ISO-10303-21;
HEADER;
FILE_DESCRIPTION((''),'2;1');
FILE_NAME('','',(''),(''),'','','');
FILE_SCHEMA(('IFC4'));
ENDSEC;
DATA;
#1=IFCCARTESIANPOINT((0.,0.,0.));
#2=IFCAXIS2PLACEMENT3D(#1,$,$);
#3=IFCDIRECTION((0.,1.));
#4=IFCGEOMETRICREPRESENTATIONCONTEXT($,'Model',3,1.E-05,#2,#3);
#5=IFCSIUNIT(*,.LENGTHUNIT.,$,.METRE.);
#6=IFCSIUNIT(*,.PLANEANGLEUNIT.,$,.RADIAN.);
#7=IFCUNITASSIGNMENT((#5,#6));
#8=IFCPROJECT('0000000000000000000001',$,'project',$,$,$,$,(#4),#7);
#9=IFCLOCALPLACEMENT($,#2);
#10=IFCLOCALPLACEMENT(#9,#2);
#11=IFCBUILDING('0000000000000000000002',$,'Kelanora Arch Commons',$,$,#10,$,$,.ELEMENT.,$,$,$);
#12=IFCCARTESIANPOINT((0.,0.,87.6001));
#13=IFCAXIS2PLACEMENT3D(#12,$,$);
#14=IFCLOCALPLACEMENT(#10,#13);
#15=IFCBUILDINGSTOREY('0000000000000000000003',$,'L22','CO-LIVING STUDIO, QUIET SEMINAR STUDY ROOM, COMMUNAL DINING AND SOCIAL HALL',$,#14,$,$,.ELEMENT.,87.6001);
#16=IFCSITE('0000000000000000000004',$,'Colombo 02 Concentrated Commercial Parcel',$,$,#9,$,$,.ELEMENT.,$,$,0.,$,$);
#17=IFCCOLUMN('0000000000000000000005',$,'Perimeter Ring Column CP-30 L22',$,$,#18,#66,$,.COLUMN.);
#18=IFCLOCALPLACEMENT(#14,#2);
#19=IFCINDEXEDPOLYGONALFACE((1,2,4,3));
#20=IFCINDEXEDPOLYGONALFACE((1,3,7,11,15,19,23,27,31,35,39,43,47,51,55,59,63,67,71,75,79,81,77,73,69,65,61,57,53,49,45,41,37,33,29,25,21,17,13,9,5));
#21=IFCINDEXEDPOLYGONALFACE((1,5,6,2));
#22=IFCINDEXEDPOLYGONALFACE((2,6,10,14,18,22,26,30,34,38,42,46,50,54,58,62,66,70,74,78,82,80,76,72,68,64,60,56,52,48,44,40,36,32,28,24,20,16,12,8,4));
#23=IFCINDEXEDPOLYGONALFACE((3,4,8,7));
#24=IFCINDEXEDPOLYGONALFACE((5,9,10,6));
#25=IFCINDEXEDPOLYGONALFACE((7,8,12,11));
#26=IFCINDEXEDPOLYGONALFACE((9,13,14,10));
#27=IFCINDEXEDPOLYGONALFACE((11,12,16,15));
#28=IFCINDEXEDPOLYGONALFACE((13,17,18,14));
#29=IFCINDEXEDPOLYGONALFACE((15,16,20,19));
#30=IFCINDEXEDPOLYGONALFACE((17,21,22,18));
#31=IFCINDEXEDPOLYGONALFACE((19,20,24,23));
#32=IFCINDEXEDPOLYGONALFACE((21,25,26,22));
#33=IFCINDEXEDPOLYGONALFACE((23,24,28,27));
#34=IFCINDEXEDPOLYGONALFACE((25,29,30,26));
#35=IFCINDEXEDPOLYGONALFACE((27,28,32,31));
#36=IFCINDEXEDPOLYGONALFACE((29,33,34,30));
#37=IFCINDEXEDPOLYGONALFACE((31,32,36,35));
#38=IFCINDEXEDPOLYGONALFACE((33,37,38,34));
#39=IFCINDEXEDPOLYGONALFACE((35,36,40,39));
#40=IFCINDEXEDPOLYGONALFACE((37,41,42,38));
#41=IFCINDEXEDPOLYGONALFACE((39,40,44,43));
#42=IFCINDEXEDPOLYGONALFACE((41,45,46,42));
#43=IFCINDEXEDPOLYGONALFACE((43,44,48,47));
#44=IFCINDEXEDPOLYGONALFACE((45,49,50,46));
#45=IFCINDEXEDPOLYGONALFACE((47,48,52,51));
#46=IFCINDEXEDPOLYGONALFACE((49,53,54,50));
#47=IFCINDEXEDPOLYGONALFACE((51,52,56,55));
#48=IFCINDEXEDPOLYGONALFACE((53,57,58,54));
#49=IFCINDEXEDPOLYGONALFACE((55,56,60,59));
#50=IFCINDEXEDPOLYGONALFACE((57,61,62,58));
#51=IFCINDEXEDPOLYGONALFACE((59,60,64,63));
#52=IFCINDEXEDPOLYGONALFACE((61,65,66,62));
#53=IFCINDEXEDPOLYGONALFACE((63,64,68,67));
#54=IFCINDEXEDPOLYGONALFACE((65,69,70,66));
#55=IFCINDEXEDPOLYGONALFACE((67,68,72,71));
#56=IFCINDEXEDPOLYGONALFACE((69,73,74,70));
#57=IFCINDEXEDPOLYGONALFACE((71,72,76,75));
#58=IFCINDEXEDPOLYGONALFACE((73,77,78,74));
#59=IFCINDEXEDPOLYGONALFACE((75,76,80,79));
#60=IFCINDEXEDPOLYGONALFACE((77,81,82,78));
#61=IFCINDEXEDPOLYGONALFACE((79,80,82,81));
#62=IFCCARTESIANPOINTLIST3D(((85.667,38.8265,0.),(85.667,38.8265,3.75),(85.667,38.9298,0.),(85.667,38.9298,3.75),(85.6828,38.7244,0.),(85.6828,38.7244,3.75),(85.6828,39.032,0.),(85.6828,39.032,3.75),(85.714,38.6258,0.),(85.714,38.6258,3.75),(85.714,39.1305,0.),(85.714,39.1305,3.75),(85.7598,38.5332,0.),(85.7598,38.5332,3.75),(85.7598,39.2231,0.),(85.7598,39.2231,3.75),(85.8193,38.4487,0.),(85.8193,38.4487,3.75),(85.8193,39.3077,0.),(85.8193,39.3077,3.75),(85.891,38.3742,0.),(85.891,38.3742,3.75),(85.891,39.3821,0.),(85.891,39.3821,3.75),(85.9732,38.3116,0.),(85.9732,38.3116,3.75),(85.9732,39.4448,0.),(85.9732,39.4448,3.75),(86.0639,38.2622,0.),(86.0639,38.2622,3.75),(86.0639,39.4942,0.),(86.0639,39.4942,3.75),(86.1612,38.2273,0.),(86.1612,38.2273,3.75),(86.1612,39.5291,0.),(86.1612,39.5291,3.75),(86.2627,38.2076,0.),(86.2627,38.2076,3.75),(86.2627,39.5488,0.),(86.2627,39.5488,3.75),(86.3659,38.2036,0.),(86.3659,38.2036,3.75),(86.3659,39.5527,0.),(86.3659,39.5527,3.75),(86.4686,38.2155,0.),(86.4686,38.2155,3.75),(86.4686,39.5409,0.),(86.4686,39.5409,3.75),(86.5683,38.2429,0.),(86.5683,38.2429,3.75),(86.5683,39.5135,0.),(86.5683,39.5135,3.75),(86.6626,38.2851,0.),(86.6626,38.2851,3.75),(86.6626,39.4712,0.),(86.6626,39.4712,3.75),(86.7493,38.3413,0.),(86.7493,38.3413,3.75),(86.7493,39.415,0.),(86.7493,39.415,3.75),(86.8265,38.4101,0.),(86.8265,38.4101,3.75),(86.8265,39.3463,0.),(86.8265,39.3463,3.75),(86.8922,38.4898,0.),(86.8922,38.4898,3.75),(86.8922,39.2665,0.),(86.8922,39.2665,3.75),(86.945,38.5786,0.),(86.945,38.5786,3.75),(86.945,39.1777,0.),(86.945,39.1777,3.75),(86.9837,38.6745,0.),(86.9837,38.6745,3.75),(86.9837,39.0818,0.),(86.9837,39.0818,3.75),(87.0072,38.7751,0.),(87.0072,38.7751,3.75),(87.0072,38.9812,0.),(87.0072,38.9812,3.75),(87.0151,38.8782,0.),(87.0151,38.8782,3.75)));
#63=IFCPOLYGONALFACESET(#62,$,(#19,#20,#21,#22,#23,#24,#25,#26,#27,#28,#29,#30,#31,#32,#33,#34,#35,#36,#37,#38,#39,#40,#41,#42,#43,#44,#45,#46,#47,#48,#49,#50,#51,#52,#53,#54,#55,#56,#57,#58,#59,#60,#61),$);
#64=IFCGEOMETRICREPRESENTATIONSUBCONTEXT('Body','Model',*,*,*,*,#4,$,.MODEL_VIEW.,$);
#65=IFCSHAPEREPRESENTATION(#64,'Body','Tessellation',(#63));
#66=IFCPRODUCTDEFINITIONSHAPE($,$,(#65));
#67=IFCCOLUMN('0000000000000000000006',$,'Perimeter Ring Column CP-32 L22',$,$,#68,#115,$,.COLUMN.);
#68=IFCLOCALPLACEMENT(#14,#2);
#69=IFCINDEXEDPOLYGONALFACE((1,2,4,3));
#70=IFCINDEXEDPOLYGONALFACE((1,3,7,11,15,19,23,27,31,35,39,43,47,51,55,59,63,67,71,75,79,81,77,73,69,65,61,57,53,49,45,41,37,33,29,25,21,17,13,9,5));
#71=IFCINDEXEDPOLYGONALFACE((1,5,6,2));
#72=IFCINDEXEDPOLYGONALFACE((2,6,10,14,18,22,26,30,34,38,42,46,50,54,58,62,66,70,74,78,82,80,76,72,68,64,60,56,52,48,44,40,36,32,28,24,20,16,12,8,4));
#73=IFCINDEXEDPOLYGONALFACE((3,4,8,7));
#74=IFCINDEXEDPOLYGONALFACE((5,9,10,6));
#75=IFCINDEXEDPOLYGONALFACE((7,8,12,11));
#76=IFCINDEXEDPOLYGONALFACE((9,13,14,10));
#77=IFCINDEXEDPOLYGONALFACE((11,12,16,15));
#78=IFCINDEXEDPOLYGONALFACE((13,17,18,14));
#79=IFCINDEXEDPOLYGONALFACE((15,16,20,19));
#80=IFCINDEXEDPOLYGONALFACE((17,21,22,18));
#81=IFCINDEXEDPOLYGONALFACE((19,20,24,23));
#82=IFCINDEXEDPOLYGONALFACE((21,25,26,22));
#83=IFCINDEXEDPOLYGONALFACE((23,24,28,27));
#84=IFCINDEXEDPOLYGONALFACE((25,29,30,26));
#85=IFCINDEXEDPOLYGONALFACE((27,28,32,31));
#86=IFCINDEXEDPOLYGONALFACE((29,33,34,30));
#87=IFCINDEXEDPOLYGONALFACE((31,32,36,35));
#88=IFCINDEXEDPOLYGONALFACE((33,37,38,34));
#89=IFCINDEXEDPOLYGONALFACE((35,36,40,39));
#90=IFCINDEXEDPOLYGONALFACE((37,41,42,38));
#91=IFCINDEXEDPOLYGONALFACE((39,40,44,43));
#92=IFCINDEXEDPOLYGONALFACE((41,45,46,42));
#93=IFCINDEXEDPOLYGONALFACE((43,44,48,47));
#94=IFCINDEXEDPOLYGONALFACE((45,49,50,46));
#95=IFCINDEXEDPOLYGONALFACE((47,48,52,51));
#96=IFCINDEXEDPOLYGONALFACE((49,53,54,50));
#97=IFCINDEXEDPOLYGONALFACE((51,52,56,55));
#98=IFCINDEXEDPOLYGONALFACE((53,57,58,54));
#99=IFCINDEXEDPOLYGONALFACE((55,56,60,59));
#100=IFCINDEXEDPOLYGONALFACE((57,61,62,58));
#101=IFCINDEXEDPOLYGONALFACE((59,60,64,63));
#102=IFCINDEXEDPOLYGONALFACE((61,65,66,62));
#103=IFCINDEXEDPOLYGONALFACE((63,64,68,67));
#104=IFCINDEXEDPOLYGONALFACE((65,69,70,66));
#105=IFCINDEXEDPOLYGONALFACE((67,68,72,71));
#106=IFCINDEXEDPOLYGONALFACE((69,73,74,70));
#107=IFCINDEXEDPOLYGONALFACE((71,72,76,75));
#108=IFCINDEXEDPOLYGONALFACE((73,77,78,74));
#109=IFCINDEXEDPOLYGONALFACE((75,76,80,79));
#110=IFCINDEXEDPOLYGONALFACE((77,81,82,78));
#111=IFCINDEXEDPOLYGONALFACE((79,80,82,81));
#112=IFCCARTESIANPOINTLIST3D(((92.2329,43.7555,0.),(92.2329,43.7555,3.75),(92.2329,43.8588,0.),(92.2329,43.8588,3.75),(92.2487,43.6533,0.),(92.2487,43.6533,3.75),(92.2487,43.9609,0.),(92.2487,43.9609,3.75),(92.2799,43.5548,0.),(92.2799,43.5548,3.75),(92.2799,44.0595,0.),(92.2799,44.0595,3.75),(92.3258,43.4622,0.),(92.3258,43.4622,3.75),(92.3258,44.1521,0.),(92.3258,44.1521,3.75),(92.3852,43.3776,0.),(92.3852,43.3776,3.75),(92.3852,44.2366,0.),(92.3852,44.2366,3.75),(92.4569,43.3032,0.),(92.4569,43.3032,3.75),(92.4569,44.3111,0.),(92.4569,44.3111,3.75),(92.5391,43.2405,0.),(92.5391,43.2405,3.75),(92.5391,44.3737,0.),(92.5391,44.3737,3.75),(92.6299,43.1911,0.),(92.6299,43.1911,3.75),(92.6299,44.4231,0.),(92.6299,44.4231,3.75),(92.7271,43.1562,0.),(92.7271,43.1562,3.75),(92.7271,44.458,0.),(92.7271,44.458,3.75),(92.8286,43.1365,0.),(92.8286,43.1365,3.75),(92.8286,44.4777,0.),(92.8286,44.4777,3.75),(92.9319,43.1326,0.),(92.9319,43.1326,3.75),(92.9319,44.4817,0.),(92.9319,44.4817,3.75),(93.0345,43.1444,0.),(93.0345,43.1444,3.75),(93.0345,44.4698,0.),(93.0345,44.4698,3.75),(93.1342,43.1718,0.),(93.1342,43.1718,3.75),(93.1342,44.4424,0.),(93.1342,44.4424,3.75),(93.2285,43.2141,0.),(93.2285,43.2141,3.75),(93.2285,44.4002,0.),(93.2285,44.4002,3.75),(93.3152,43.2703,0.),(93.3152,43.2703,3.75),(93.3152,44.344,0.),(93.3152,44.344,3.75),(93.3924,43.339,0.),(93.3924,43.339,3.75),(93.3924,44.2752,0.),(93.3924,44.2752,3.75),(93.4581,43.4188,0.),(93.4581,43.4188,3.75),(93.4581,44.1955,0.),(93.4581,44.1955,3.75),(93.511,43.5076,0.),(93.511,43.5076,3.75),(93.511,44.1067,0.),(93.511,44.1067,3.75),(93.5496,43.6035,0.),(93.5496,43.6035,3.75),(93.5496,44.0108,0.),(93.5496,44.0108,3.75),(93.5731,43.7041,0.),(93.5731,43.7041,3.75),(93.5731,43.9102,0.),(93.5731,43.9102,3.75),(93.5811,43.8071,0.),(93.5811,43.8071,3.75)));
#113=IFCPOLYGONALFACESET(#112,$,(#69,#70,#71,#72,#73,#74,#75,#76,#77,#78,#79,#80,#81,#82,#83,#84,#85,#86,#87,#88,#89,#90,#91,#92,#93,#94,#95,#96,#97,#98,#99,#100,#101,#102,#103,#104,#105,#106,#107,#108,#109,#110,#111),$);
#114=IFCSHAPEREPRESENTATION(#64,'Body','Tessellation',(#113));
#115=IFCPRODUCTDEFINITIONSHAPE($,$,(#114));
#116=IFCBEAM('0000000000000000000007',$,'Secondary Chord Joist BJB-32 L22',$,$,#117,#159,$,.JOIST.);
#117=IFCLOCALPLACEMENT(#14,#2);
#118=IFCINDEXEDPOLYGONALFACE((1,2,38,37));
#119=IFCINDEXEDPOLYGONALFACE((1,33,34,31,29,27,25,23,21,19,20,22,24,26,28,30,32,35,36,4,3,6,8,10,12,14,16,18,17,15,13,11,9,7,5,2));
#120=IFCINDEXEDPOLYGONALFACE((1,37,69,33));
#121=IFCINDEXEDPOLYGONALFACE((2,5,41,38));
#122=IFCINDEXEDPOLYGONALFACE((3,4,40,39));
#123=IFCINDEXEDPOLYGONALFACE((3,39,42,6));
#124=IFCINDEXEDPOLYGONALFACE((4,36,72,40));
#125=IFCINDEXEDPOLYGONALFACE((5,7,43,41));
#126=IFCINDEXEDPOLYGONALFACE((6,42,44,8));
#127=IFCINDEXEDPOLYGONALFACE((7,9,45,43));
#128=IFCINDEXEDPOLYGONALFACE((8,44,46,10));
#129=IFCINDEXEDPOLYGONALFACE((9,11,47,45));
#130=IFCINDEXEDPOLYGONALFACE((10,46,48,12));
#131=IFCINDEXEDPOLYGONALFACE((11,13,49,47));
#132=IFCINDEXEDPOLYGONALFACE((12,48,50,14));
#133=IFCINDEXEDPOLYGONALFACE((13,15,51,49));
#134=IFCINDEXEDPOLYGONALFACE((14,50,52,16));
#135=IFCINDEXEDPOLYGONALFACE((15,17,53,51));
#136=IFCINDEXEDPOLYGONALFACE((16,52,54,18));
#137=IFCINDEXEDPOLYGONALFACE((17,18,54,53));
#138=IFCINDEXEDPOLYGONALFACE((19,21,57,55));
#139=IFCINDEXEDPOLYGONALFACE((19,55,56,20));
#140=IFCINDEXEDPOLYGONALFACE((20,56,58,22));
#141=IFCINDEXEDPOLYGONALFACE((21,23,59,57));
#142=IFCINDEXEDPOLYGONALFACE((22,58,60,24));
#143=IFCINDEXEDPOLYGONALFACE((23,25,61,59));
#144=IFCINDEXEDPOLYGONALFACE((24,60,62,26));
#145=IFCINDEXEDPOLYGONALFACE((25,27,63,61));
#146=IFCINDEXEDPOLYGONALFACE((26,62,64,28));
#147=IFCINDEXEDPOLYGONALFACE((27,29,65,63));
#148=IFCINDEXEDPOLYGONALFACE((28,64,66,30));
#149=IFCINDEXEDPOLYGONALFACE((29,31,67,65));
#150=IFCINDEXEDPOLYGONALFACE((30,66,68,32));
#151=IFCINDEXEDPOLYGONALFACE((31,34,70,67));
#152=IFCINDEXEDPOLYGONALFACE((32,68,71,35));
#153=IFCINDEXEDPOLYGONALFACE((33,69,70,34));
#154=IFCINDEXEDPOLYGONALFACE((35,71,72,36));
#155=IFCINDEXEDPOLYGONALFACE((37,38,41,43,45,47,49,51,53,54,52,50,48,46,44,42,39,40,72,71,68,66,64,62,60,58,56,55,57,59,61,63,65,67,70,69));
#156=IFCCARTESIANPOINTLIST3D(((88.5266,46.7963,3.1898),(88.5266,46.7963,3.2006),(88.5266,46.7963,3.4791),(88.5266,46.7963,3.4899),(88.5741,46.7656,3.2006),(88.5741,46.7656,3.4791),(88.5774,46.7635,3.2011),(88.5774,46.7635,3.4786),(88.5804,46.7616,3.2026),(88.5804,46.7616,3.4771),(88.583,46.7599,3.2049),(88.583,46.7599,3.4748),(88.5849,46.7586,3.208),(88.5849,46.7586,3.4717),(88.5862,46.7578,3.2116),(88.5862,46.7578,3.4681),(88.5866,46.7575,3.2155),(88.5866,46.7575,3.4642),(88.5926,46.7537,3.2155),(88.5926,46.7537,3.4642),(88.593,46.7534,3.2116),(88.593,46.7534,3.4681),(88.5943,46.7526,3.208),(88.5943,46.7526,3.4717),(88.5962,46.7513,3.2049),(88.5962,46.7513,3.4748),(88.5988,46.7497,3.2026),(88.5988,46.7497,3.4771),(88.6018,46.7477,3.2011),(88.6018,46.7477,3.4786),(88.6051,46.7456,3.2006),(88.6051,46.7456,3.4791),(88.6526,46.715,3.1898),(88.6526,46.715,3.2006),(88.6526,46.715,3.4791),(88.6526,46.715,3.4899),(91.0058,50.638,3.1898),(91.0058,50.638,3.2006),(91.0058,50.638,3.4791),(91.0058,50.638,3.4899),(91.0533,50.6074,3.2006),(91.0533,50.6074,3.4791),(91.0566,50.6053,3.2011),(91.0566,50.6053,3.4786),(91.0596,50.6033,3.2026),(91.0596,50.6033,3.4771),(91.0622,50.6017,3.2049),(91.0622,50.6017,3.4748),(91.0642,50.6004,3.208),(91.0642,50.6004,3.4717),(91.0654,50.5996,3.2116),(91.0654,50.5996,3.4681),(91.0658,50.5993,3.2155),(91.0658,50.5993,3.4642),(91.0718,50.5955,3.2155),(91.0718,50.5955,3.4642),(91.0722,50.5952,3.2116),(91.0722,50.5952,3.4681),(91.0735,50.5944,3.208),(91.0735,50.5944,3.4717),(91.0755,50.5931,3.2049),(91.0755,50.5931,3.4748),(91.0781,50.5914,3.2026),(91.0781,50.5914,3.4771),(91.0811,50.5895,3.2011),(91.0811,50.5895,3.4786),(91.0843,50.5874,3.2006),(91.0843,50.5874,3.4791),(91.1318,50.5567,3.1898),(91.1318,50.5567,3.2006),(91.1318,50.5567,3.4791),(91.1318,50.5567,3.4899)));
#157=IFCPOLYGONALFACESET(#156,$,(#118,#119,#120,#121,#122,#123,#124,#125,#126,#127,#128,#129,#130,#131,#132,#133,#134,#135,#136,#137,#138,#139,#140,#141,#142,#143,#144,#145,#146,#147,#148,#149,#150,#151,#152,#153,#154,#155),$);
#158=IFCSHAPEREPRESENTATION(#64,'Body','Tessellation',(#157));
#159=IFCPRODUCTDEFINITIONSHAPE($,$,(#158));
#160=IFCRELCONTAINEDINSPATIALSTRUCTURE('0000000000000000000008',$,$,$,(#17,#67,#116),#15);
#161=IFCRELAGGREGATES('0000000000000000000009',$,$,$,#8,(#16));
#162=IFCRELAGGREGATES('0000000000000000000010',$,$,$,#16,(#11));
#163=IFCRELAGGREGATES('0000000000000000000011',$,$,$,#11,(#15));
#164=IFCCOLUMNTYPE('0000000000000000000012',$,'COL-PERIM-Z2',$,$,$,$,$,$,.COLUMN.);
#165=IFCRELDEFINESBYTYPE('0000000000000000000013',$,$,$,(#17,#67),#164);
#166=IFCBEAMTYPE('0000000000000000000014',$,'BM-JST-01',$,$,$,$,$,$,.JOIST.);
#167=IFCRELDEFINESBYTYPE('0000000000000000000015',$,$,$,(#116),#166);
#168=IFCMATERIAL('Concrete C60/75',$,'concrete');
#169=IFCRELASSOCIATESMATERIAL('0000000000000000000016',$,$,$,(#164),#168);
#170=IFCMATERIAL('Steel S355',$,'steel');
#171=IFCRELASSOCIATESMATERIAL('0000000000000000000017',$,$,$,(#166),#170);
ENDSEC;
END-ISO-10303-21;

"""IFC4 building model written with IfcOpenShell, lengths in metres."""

from ifc_helpers import new_model, si_unit, direction, frame, origin, origin_2d, place, context, subcontext, project, spatial, circle, i_section, extrude, material, material_profile, profile_set, type_object, element, save


model = new_model("IFC4")

# Units and contexts
model_context = context("Model", 3, precision=1e-05, world=origin(), true_north=direction((0.0, 1.0)))
body_context = subcontext(model_context, "Body", "Model", "MODEL_VIEW")
ifc_project = project(units=[si_unit("LENGTHUNIT", "METRE"), si_unit("PLANEANGLEUNIT", "RADIAN")], contexts=[model_context])

# Site, building, storey
site_placement = place(None, origin())
site = spatial("IfcSite", under=ifc_project, at=site_placement, Name="Colombo 02 Concentrated Commercial Parcel", CompositionType="ELEMENT", RefElevation=0.0)
building_placement = place(site_placement, origin())
building = spatial("IfcBuilding", under=site, at=building_placement, Name="Kelanora Arch Commons", CompositionType="ELEMENT")
storey_placement = place(building_placement, frame((0.0, 0.0, 87.6001)))
storey = spatial("IfcBuildingStorey", under=building, at=storey_placement, Name="L22", Description="CO-LIVING STUDIO, QUIET SEMINAR STUDY ROOM, COMMUNAL DINING AND SOCIAL HALL", CompositionType="ELEMENT", Elevation=87.6001)

# Columns
ifc_material_1 = material(Name="Concrete C60/75", Category="concrete")
ifc_material_profile_1 = material_profile(ifc_material_1, circle(Radius=0.675, at=origin_2d()), Name="RCC1350")
ifc_profile_set_1 = profile_set([ifc_material_profile_1], Name="Concrete C60/75")
column_type = type_object("IfcColumnType", Name="COL-PERIM-Z2", PredefinedType="COLUMN", material=ifc_profile_set_1)
for number, where, z_axis, x_axis, name in (
    (1, (86.3401, 38.8782, 0.0), (0.0, 0.0, 1.0), (1.0, 0.0, 0.0), "Perimeter Ring Column CP-30 L22"),
    (2, (92.906, 43.8071, 0.0), (0.0, 0.0, 1.0), (1.0, 0.0, 0.0), "Perimeter Ring Column CP-32 L22"),
):
    element("IfcColumn", number, at=place(storey_placement, frame(where, z_axis=z_axis, x_axis=x_axis)), inside=storey, type_object=column_type, Name=name, PredefinedType="COLUMN", context=body_context, shape_type="SweptSolid", body=[
        extrude(circle(Radius=0.675, at=origin_2d()), origin(), (0.0, 0.0, 1.0), 3.75),
    ])

# Beam
ifc_material_2 = material(Name="Steel S355", Category="steel")
ifc_material_profile_2 = material_profile(ifc_material_2, i_section(OverallWidth=0.1499, OverallDepth=0.3, WebThickness=0.0071, FlangeThickness=0.0107, FilletRadius=0.0149, at=origin_2d()), Name="IPE300")
ifc_profile_set_2 = profile_set([ifc_material_profile_2], Name="Steel S355")
beam_type_1 = type_object("IfcBeamType", Name="BM-JST-01", PredefinedType="JOIST", material=ifc_profile_set_2)
beam_1_placement = place(storey_placement, frame((88.5896, 46.7556, 3.3398), z_axis=(0.54223, 0.84023, 0.0), x_axis=(-0.84023, 0.54223, 0.0)))
element("IfcBeam", 3, at=beam_1_placement, inside=storey, type_object=beam_type_1, Name="Secondary Chord Joist BJB-32 L22", PredefinedType="JOIST", context=body_context, shape_type="SweptSolid", body=[
    extrude(i_section(OverallWidth=0.1499, OverallDepth=0.3, WebThickness=0.0071, FlangeThickness=0.0107, FilletRadius=0.0149, at=origin_2d()), origin(), (0.0, 0.0, 1.0), 4.5723),
])

save(model, "model.ifc")
